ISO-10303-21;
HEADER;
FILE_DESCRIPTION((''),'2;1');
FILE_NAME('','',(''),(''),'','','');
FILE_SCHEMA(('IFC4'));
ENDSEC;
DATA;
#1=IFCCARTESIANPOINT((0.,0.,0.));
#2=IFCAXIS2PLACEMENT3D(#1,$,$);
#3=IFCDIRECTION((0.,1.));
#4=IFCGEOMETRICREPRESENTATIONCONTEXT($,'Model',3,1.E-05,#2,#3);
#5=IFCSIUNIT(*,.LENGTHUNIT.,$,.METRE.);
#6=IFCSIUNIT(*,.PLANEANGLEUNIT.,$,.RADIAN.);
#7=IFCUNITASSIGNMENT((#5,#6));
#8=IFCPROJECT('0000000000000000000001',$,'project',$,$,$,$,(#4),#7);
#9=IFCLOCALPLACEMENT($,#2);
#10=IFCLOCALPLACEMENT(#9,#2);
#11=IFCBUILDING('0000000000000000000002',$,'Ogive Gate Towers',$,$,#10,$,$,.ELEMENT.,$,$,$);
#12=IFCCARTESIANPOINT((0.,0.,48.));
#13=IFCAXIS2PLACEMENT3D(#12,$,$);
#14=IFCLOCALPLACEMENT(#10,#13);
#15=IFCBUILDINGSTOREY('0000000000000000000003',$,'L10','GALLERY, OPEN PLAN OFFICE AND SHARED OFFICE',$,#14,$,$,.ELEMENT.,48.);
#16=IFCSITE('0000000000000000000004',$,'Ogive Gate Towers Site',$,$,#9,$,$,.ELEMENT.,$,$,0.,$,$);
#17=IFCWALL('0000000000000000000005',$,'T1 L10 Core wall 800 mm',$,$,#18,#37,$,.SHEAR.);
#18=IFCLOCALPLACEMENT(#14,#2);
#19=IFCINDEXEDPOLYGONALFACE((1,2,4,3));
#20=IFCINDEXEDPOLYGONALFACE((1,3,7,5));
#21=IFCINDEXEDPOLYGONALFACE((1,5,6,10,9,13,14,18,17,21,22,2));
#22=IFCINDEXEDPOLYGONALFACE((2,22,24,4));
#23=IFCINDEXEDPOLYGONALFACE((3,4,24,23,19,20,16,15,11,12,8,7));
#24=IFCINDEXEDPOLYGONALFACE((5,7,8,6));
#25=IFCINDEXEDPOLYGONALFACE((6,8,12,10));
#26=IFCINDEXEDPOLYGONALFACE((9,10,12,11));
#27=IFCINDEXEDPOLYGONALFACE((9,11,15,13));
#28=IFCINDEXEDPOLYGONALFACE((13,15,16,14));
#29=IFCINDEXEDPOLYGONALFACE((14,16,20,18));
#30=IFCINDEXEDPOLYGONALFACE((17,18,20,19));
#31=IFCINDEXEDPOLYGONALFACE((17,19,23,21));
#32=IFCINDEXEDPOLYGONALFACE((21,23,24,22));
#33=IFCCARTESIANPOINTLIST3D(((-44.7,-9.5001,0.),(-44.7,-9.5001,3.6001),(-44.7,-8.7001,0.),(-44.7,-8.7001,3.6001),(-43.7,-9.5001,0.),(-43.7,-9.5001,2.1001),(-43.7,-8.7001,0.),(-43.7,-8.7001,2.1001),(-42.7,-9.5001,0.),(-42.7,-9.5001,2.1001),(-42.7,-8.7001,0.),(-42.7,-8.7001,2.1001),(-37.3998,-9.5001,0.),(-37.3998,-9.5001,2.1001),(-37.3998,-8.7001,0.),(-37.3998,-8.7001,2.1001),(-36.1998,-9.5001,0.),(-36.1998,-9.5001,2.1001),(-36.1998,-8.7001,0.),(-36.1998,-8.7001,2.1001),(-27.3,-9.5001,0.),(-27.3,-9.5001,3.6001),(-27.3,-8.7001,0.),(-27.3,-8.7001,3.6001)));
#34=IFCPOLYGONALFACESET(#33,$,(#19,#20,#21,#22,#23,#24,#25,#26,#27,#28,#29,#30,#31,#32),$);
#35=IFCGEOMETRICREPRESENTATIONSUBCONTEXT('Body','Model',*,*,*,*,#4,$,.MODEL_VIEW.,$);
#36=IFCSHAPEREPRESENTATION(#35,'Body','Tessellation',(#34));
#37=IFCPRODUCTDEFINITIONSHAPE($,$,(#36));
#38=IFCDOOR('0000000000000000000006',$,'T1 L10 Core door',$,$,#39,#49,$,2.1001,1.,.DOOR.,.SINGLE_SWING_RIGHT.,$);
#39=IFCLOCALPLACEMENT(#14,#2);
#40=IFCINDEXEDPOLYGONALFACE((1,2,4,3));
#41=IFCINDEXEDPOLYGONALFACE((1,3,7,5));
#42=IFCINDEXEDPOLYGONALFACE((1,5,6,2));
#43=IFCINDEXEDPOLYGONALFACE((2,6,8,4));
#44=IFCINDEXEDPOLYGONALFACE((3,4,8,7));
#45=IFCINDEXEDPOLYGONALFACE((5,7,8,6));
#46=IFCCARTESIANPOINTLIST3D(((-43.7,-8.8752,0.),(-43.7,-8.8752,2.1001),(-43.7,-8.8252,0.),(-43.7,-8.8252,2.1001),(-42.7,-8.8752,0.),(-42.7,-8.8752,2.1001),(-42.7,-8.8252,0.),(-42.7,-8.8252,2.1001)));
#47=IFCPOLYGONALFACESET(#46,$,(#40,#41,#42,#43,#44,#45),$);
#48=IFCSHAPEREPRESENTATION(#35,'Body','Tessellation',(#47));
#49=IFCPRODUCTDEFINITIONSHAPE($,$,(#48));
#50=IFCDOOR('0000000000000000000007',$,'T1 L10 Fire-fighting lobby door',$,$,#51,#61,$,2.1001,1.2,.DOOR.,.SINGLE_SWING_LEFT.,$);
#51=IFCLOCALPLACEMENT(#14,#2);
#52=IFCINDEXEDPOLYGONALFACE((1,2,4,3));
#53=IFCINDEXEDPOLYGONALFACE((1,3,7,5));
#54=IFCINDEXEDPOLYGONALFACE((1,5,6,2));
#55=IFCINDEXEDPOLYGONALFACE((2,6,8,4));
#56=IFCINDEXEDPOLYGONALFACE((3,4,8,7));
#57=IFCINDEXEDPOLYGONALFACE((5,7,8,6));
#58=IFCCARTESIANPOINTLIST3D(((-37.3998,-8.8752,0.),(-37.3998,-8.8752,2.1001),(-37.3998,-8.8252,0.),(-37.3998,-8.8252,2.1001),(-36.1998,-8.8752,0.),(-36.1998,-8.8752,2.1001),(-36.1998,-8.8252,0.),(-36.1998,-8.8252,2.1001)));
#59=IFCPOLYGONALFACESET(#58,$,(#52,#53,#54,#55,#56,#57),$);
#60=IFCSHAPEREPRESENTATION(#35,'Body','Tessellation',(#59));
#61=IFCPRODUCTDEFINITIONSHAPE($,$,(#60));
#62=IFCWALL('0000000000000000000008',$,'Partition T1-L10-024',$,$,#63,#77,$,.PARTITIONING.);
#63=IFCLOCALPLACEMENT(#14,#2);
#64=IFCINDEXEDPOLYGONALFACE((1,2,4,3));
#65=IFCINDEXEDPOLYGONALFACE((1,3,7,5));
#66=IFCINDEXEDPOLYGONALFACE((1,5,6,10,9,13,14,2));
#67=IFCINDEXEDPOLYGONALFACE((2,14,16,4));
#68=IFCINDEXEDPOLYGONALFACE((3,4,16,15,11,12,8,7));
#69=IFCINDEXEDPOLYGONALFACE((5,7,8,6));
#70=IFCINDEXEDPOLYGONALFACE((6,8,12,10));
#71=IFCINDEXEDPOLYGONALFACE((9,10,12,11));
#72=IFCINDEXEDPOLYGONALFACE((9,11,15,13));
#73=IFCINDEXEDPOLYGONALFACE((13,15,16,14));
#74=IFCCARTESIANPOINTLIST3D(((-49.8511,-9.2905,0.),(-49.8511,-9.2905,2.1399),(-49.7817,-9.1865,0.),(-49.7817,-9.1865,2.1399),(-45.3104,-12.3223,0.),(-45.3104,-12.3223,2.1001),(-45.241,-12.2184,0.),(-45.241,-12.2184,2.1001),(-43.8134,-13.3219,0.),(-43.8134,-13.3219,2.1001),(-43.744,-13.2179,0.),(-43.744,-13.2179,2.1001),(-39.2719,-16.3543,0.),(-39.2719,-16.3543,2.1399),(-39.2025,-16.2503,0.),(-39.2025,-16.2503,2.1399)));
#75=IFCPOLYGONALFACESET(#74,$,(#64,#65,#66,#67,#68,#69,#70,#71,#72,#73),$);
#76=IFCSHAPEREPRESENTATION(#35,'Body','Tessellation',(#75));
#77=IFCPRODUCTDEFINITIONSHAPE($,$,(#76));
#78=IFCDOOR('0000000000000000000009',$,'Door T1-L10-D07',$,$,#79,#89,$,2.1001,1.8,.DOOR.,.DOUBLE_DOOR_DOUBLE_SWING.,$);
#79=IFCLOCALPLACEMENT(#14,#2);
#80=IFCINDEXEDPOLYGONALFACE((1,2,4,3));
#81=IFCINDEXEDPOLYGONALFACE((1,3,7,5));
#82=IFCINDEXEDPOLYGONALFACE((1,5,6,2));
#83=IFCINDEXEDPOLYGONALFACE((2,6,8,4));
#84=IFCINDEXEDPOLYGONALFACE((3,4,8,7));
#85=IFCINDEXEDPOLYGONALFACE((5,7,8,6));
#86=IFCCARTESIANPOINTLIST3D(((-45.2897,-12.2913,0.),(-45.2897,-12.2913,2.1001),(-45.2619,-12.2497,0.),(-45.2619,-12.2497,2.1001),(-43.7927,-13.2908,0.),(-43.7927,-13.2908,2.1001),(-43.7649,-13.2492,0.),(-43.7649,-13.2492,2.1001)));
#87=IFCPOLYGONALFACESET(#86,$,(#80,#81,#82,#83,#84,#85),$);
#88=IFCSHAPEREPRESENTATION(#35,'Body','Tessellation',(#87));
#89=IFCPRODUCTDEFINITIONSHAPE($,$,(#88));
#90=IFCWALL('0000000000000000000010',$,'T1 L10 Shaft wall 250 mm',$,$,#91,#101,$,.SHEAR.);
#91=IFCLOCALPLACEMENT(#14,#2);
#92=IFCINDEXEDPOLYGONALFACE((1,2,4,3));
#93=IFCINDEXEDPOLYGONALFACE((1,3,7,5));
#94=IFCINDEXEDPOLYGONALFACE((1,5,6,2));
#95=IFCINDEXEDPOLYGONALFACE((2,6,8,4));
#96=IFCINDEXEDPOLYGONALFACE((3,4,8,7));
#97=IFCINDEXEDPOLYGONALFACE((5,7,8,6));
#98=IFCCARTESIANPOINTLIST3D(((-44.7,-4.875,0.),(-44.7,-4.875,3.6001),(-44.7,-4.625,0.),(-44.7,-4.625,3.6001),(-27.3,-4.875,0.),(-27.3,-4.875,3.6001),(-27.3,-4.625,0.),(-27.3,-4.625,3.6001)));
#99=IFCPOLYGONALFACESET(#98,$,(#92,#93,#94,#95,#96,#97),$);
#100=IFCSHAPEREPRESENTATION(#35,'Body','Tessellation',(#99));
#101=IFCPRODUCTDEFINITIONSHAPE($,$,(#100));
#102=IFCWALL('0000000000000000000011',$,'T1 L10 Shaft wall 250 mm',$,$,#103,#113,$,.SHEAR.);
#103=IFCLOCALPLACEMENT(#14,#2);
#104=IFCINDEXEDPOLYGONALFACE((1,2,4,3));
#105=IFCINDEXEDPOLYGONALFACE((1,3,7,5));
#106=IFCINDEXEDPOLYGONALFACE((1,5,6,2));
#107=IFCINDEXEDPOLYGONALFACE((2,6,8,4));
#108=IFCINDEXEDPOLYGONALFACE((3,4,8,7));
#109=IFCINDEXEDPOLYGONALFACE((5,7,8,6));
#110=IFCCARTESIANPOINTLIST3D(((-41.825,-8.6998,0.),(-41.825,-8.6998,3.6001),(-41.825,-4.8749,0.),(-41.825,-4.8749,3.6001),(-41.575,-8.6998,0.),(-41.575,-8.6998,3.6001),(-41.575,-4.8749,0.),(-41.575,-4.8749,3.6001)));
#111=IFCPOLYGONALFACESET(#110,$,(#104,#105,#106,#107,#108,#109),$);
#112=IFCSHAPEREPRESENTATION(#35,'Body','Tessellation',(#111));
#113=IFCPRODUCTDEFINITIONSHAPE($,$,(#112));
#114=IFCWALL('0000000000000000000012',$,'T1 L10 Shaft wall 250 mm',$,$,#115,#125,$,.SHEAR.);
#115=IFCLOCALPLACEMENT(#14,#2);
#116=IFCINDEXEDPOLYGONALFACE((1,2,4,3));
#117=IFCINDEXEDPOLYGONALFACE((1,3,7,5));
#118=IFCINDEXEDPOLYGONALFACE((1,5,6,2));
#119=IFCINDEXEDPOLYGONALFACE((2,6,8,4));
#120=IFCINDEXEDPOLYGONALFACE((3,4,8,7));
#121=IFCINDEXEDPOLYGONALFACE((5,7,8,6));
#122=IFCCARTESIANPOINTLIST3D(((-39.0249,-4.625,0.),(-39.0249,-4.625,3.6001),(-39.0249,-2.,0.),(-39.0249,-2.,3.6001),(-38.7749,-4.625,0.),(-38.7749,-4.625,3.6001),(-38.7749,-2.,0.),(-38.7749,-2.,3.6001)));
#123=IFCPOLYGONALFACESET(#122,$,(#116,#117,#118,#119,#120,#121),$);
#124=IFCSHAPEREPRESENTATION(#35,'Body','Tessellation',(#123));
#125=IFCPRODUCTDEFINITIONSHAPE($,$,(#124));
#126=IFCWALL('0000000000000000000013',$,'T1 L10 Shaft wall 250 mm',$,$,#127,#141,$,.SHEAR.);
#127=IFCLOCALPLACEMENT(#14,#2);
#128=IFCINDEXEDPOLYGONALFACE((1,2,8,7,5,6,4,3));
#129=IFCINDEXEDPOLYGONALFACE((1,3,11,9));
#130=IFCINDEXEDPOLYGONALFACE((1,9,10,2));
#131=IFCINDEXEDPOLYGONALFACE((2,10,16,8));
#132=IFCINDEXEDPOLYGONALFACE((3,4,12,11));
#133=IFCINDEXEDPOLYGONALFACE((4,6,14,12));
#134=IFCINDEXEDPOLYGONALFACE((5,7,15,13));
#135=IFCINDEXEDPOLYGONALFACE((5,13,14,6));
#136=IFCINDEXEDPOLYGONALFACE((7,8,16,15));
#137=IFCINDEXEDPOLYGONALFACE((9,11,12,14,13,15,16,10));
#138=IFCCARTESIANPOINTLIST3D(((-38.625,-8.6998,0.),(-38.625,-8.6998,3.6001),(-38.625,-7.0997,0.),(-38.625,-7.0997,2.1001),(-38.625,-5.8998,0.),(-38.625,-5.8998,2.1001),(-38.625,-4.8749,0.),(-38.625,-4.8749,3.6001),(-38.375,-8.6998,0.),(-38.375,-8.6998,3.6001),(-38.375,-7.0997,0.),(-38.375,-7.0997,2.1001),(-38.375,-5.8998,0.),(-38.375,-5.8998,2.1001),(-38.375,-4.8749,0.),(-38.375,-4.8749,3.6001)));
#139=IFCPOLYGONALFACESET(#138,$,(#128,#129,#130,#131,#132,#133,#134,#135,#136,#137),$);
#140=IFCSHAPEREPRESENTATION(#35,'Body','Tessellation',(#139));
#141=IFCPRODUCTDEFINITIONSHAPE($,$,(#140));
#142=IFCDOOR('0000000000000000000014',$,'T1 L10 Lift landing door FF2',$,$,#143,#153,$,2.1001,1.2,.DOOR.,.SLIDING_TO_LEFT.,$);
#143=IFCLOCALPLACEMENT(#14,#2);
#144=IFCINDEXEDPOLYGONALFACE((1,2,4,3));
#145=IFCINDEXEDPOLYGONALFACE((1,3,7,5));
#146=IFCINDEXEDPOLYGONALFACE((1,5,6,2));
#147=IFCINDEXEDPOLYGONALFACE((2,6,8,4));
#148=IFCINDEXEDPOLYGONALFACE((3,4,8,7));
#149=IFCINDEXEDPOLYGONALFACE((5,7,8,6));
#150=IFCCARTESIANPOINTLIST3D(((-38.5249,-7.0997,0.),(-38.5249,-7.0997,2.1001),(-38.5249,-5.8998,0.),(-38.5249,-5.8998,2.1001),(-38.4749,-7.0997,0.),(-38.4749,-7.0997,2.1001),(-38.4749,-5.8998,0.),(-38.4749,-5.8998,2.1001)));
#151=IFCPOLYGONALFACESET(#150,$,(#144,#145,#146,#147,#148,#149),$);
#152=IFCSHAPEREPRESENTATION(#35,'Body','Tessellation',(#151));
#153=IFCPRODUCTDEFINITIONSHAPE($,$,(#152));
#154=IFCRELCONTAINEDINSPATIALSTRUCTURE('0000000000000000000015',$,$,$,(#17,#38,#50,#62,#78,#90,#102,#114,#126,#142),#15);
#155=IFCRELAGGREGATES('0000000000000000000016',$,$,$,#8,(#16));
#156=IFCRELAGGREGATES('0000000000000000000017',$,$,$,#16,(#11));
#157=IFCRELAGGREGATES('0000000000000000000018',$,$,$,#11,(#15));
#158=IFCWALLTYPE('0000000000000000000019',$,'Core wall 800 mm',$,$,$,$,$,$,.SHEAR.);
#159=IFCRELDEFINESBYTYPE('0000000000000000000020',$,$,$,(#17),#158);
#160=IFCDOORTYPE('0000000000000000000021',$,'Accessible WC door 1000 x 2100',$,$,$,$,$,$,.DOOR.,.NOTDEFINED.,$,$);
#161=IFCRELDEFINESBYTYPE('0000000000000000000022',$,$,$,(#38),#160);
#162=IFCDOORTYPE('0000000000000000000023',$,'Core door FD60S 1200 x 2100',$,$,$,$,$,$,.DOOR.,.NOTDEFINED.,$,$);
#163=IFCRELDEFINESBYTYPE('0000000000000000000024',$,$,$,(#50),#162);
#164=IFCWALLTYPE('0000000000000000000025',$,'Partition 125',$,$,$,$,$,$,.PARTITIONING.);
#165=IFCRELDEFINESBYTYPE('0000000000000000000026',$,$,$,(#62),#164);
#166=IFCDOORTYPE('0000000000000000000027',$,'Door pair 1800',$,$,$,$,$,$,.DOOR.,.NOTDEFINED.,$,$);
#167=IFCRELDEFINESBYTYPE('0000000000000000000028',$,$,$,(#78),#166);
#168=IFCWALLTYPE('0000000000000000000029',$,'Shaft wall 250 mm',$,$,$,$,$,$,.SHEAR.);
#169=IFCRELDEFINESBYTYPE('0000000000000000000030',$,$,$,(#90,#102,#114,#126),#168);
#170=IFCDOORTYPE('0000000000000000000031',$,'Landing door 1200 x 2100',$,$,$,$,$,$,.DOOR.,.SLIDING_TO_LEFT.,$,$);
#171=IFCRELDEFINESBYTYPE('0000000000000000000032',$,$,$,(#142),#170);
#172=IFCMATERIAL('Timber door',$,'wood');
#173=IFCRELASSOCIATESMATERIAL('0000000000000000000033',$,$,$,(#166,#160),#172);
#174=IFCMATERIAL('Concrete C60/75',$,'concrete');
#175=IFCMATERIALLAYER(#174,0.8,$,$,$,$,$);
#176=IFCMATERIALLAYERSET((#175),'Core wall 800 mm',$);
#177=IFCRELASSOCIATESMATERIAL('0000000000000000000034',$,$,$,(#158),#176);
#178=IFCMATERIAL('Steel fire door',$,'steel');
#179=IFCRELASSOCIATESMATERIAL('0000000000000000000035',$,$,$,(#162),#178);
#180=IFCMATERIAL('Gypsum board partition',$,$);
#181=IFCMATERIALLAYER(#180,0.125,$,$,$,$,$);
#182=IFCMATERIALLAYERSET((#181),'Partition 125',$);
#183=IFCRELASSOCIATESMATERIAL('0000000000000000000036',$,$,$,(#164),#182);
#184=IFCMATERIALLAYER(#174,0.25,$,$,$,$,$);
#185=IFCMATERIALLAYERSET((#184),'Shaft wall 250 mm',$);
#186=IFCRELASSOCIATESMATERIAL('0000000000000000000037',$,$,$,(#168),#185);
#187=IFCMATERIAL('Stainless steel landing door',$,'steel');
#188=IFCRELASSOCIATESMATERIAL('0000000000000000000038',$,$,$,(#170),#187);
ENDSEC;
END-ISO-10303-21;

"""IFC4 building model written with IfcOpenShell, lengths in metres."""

from ifc_helpers import new_model, si_unit, direction, frame, frame_2d, origin, place, context, subcontext, project, spatial, rectangle, extrude, material, layer, layer_set, type_object, element, fill, save


model = new_model("IFC4")

# Units and contexts
model_context = context("Model", 3, precision=1e-05, world=origin(), true_north=direction((0.0, 1.0)))
body_context = subcontext(model_context, "Body", "Model", "MODEL_VIEW")
ifc_project = project(units=[si_unit("LENGTHUNIT", "METRE"), si_unit("PLANEANGLEUNIT", "RADIAN")], contexts=[model_context])

# Site, building, storey
site_placement = place(None, origin())
site = spatial("IfcSite", under=ifc_project, at=site_placement, Name="Ogive Gate Towers Site", CompositionType="ELEMENT", RefElevation=0.0)
building_placement = place(site_placement, origin())
building = spatial("IfcBuilding", under=site, at=building_placement, Name="Ogive Gate Towers", CompositionType="ELEMENT")
storey_placement = place(building_placement, frame((0.0, 0.0, 48.0)))
storey = spatial("IfcBuildingStorey", under=building, at=storey_placement, Name="L10", Description="GALLERY, OPEN PLAN OFFICE AND SHARED OFFICE", CompositionType="ELEMENT", Elevation=48.0)

# Shared definitions
ifc_material_1 = material(Name="Timber door", Category="wood")
door_type_1 = type_object("IfcDoorType", Name="Door pair 1800", OperationType="NOTDEFINED", PredefinedType="DOOR", material=ifc_material_1)

# Wall, openings, doors
ifc_material_2 = material(Name="Concrete C60/75", Category="concrete")
ifc_layer_1 = layer(ifc_material_2, 0.8)
ifc_layer_set_1 = layer_set([ifc_layer_1], Name="Core wall 800 mm")
wall_type_1 = type_object("IfcWallType", Name="Core wall 800 mm", PredefinedType="SHEAR", material=ifc_layer_set_1)
wall_1_placement = place(storey_placement, frame((-44.7, -9.1001, 0.0), z_axis=(0.0, 0.0, 1.0), x_axis=(1.0, 0.0, 0.0)))
wall_1 = element("IfcWall", 1, at=wall_1_placement, inside=storey, type_object=wall_type_1, Name="T1 L10 Core wall 800 mm", PredefinedType="SHEAR", context=body_context, shape_type="SweptSolid", body=[
    extrude(rectangle(XDim=17.3999, YDim=0.8, at=frame_2d((8.7, 0.0))), origin(), (0.0, 0.0, 1.0), 3.6001),
])
opening_1_placement = place(wall_1_placement, frame((7.3, 0.0, 0.0)))
opening_1 = element("IfcOpeningElement", 2, at=opening_1_placement, cuts=wall_1, PredefinedType="OPENING", context=body_context, shape_type="SweptSolid", body=[
    extrude(rectangle(XDim=1.2, YDim=2.1001, at=frame_2d((0.6001, 1.05))), frame((0.0, 0.4102, 0.0), z_axis=(0.0, -1.0, 0.0), x_axis=(1.0, 0.0, 0.0)), (0.0, 0.0, 1.0), 0.8201),
])
opening_2_placement = place(wall_1_placement, frame((1.0, 0.0, 0.0)))
opening_2 = element("IfcOpeningElement", 3, at=opening_2_placement, cuts=wall_1, PredefinedType="OPENING", context=body_context, shape_type="SweptSolid", body=[
    extrude(rectangle(XDim=1.0, YDim=2.1001, at=frame_2d((0.5, 1.05))), frame((0.0, 0.4102, 0.0), z_axis=(0.0, -1.0, 0.0), x_axis=(1.0, 0.0, 0.0)), (0.0, 0.0, 1.0), 0.8201),
])
door_type_2 = type_object("IfcDoorType", Name="Accessible WC door 1000 x 2100", OperationType="NOTDEFINED", PredefinedType="DOOR", material=ifc_material_1)
door_1_placement = place(opening_2_placement, origin())
door_1 = element("IfcDoor", 4, at=door_1_placement, inside=storey, type_object=door_type_2, Name="T1 L10 Core door", OperationType="SINGLE_SWING_RIGHT", OverallHeight=2.1001, OverallWidth=1.0, PredefinedType="DOOR", context=body_context, shape_type="SweptSolid", body=[
    extrude(rectangle(XDim=1.0, YDim=2.1001, at=frame_2d((0.5, 1.05))), frame((0.0, 0.2749, 0.0), z_axis=(0.0, -1.0, 0.0), x_axis=(1.0, 0.0, 0.0)), (0.0, 0.0, 1.0), 0.05),
])
fill(opening_2, door_1)
ifc_material_3 = material(Name="Steel fire door", Category="steel")
door_type_3 = type_object("IfcDoorType", Name="Core door FD60S 1200 x 2100", OperationType="NOTDEFINED", PredefinedType="DOOR", material=ifc_material_3)
door_2_placement = place(opening_1_placement, origin())
door_2 = element("IfcDoor", 5, at=door_2_placement, inside=storey, type_object=door_type_3, Name="T1 L10 Fire-fighting lobby door", OperationType="SINGLE_SWING_LEFT", OverallHeight=2.1001, OverallWidth=1.2, PredefinedType="DOOR", context=body_context, shape_type="SweptSolid", body=[
    extrude(rectangle(XDim=1.2, YDim=2.1001, at=frame_2d((0.6001, 1.05))), frame((0.0, 0.2749, 0.0), z_axis=(0.0, -1.0, 0.0), x_axis=(1.0, 0.0, 0.0)), (0.0, 0.0, 1.0), 0.05),
])
fill(opening_1, door_2)

# Wall, opening, door
ifc_material_4 = material(Name="Gypsum board partition")
ifc_layer_2 = layer(ifc_material_4, 0.125)
ifc_layer_set_2 = layer_set([ifc_layer_2], Name="Partition 125")
wall_type_2 = type_object("IfcWallType", Name="Partition 125", PredefinedType="PARTITIONING", material=ifc_layer_set_2)
wall_2_placement = place(storey_placement, frame((-49.8164, -9.2385, 0.0), z_axis=(0.0, 0.0, 1.0), x_axis=(0.831651, -0.555298, 0.0)))
wall_2 = element("IfcWall", 6, at=wall_2_placement, inside=storey, type_object=wall_type_2, Name="Partition T1-L10-024", PredefinedType="PARTITIONING", context=body_context, shape_type="SweptSolid", body=[
    extrude(rectangle(XDim=12.7207, YDim=0.125, at=frame_2d((6.3604, 0.0))), origin(), (0.0, 0.0, 1.0), 2.1399),
])
opening_3_placement = place(wall_2_placement, frame((5.46, 0.0, 0.0)))
opening_3 = element("IfcOpeningElement", 7, at=opening_3_placement, cuts=wall_2, PredefinedType="OPENING", context=body_context, shape_type="SweptSolid", body=[
    extrude(rectangle(XDim=1.8, YDim=2.1001, at=frame_2d((0.8999, 1.05))), frame((0.0, 0.0725, 0.0), z_axis=(0.0, -1.0, 0.0), x_axis=(1.0, 0.0, 0.0)), (0.0, 0.0, 1.0), 0.145),
])
door_3_placement = place(opening_3_placement, origin())
door_3 = element("IfcDoor", 8, at=door_3_placement, inside=storey, type_object=door_type_1, Name="Door T1-L10-D07", OperationType="DOUBLE_DOOR_DOUBLE_SWING", OverallHeight=2.1001, OverallWidth=1.8, PredefinedType="DOOR", context=body_context, shape_type="SweptSolid", body=[
    extrude(rectangle(XDim=1.8, YDim=2.1001, at=frame_2d((0.8999, 1.05))), frame((0.0, 0.0249, 0.0), z_axis=(0.0, -1.0, 0.0), x_axis=(1.0, 0.0, 0.0)), (0.0, 0.0, 1.0), 0.05),
])
fill(opening_3, door_3)

# Walls
ifc_layer_3 = layer(ifc_material_2, 0.25)
ifc_layer_set_3 = layer_set([ifc_layer_3], Name="Shaft wall 250 mm")
wall_type_3 = type_object("IfcWallType", Name="Shaft wall 250 mm", PredefinedType="SHEAR", material=ifc_layer_set_3)
wall_3_placement = place(storey_placement, frame((-44.7, -4.75, 0.0), z_axis=(0.0, 0.0, 1.0), x_axis=(1.0, 0.0, 0.0)))
element("IfcWall", 9, at=wall_3_placement, inside=storey, type_object=wall_type_3, Name="T1 L10 Shaft wall 250 mm", PredefinedType="SHEAR", context=body_context, shape_type="SweptSolid", body=[
    extrude(rectangle(XDim=17.3999, YDim=0.25, at=frame_2d((8.7, 0.0))), origin(), (0.0, 0.0, 1.0), 3.6001),
])
wall_4_placement = place(storey_placement, frame((-41.7, -8.7, 0.0), z_axis=(0.0, 0.0, 1.0), x_axis=(0.0, 1.0, 0.0)))
element("IfcWall", 10, at=wall_4_placement, inside=storey, type_object=wall_type_3, Name="T1 L10 Shaft wall 250 mm", PredefinedType="SHEAR", context=body_context, shape_type="SweptSolid", body=[
    extrude(rectangle(XDim=3.825, YDim=0.25, at=frame_2d((1.9126, 0.0))), origin(), (0.0, 0.0, 1.0), 3.6001),
])
wall_5_placement = place(storey_placement, frame((-38.8999, -4.625, 0.0), z_axis=(0.0, 0.0, 1.0), x_axis=(0.0, 1.0, 0.0)))
element("IfcWall", 11, at=wall_5_placement, inside=storey, type_object=wall_type_3, Name="T1 L10 Shaft wall 250 mm", PredefinedType="SHEAR", context=body_context, shape_type="SweptSolid", body=[
    extrude(rectangle(XDim=2.625, YDim=0.25, at=frame_2d((1.3125, 0.0))), origin(), (0.0, 0.0, 1.0), 3.6001),
])

# Wall, opening, door
wall_6_placement = place(storey_placement, frame((-38.5, -8.7, 0.0), z_axis=(0.0, 0.0, 1.0), x_axis=(0.0, 1.0, 0.0)))
wall_6 = element("IfcWall", 12, at=wall_6_placement, inside=storey, type_object=wall_type_3, Name="T1 L10 Shaft wall 250 mm", PredefinedType="SHEAR", context=body_context, shape_type="SweptSolid", body=[
    extrude(rectangle(XDim=3.825, YDim=0.25, at=frame_2d((1.9126, 0.0))), origin(), (0.0, 0.0, 1.0), 3.6001),
])
opening_4_placement = place(wall_6_placement, frame((1.6001, 0.0, 0.0)))
opening_4 = element("IfcOpeningElement", 13, at=opening_4_placement, cuts=wall_6, PredefinedType="OPENING", context=body_context, shape_type="SweptSolid", body=[
    extrude(rectangle(XDim=1.2, YDim=2.1001, at=frame_2d((0.6001, 1.05))), frame((0.0, 0.135, 0.0), z_axis=(0.0, -1.0, 0.0), x_axis=(1.0, 0.0, 0.0)), (0.0, 0.0, 1.0), 0.27),
])
ifc_material_5 = material(Name="Stainless steel landing door", Category="steel")
door_type_4 = type_object("IfcDoorType", Name="Landing door 1200 x 2100", OperationType="SLIDING_TO_LEFT", PredefinedType="DOOR", material=ifc_material_5)
door_4_placement = place(opening_4_placement, origin())
door_4 = element("IfcDoor", 14, at=door_4_placement, inside=storey, type_object=door_type_4, Name="T1 L10 Lift landing door FF2", OperationType="SLIDING_TO_LEFT", OverallHeight=2.1001, OverallWidth=1.2, PredefinedType="DOOR", context=body_context, shape_type="SweptSolid", body=[
    extrude(rectangle(XDim=1.2, YDim=2.1001, at=frame_2d((0.6001, 1.05))), frame((0.0, 0.0249, 0.0), z_axis=(0.0, -1.0, 0.0), x_axis=(1.0, 0.0, 0.0)), (0.0, 0.0, 1.0), 0.05),
])
fill(opening_4, door_4)

save(model, "model.ifc")
